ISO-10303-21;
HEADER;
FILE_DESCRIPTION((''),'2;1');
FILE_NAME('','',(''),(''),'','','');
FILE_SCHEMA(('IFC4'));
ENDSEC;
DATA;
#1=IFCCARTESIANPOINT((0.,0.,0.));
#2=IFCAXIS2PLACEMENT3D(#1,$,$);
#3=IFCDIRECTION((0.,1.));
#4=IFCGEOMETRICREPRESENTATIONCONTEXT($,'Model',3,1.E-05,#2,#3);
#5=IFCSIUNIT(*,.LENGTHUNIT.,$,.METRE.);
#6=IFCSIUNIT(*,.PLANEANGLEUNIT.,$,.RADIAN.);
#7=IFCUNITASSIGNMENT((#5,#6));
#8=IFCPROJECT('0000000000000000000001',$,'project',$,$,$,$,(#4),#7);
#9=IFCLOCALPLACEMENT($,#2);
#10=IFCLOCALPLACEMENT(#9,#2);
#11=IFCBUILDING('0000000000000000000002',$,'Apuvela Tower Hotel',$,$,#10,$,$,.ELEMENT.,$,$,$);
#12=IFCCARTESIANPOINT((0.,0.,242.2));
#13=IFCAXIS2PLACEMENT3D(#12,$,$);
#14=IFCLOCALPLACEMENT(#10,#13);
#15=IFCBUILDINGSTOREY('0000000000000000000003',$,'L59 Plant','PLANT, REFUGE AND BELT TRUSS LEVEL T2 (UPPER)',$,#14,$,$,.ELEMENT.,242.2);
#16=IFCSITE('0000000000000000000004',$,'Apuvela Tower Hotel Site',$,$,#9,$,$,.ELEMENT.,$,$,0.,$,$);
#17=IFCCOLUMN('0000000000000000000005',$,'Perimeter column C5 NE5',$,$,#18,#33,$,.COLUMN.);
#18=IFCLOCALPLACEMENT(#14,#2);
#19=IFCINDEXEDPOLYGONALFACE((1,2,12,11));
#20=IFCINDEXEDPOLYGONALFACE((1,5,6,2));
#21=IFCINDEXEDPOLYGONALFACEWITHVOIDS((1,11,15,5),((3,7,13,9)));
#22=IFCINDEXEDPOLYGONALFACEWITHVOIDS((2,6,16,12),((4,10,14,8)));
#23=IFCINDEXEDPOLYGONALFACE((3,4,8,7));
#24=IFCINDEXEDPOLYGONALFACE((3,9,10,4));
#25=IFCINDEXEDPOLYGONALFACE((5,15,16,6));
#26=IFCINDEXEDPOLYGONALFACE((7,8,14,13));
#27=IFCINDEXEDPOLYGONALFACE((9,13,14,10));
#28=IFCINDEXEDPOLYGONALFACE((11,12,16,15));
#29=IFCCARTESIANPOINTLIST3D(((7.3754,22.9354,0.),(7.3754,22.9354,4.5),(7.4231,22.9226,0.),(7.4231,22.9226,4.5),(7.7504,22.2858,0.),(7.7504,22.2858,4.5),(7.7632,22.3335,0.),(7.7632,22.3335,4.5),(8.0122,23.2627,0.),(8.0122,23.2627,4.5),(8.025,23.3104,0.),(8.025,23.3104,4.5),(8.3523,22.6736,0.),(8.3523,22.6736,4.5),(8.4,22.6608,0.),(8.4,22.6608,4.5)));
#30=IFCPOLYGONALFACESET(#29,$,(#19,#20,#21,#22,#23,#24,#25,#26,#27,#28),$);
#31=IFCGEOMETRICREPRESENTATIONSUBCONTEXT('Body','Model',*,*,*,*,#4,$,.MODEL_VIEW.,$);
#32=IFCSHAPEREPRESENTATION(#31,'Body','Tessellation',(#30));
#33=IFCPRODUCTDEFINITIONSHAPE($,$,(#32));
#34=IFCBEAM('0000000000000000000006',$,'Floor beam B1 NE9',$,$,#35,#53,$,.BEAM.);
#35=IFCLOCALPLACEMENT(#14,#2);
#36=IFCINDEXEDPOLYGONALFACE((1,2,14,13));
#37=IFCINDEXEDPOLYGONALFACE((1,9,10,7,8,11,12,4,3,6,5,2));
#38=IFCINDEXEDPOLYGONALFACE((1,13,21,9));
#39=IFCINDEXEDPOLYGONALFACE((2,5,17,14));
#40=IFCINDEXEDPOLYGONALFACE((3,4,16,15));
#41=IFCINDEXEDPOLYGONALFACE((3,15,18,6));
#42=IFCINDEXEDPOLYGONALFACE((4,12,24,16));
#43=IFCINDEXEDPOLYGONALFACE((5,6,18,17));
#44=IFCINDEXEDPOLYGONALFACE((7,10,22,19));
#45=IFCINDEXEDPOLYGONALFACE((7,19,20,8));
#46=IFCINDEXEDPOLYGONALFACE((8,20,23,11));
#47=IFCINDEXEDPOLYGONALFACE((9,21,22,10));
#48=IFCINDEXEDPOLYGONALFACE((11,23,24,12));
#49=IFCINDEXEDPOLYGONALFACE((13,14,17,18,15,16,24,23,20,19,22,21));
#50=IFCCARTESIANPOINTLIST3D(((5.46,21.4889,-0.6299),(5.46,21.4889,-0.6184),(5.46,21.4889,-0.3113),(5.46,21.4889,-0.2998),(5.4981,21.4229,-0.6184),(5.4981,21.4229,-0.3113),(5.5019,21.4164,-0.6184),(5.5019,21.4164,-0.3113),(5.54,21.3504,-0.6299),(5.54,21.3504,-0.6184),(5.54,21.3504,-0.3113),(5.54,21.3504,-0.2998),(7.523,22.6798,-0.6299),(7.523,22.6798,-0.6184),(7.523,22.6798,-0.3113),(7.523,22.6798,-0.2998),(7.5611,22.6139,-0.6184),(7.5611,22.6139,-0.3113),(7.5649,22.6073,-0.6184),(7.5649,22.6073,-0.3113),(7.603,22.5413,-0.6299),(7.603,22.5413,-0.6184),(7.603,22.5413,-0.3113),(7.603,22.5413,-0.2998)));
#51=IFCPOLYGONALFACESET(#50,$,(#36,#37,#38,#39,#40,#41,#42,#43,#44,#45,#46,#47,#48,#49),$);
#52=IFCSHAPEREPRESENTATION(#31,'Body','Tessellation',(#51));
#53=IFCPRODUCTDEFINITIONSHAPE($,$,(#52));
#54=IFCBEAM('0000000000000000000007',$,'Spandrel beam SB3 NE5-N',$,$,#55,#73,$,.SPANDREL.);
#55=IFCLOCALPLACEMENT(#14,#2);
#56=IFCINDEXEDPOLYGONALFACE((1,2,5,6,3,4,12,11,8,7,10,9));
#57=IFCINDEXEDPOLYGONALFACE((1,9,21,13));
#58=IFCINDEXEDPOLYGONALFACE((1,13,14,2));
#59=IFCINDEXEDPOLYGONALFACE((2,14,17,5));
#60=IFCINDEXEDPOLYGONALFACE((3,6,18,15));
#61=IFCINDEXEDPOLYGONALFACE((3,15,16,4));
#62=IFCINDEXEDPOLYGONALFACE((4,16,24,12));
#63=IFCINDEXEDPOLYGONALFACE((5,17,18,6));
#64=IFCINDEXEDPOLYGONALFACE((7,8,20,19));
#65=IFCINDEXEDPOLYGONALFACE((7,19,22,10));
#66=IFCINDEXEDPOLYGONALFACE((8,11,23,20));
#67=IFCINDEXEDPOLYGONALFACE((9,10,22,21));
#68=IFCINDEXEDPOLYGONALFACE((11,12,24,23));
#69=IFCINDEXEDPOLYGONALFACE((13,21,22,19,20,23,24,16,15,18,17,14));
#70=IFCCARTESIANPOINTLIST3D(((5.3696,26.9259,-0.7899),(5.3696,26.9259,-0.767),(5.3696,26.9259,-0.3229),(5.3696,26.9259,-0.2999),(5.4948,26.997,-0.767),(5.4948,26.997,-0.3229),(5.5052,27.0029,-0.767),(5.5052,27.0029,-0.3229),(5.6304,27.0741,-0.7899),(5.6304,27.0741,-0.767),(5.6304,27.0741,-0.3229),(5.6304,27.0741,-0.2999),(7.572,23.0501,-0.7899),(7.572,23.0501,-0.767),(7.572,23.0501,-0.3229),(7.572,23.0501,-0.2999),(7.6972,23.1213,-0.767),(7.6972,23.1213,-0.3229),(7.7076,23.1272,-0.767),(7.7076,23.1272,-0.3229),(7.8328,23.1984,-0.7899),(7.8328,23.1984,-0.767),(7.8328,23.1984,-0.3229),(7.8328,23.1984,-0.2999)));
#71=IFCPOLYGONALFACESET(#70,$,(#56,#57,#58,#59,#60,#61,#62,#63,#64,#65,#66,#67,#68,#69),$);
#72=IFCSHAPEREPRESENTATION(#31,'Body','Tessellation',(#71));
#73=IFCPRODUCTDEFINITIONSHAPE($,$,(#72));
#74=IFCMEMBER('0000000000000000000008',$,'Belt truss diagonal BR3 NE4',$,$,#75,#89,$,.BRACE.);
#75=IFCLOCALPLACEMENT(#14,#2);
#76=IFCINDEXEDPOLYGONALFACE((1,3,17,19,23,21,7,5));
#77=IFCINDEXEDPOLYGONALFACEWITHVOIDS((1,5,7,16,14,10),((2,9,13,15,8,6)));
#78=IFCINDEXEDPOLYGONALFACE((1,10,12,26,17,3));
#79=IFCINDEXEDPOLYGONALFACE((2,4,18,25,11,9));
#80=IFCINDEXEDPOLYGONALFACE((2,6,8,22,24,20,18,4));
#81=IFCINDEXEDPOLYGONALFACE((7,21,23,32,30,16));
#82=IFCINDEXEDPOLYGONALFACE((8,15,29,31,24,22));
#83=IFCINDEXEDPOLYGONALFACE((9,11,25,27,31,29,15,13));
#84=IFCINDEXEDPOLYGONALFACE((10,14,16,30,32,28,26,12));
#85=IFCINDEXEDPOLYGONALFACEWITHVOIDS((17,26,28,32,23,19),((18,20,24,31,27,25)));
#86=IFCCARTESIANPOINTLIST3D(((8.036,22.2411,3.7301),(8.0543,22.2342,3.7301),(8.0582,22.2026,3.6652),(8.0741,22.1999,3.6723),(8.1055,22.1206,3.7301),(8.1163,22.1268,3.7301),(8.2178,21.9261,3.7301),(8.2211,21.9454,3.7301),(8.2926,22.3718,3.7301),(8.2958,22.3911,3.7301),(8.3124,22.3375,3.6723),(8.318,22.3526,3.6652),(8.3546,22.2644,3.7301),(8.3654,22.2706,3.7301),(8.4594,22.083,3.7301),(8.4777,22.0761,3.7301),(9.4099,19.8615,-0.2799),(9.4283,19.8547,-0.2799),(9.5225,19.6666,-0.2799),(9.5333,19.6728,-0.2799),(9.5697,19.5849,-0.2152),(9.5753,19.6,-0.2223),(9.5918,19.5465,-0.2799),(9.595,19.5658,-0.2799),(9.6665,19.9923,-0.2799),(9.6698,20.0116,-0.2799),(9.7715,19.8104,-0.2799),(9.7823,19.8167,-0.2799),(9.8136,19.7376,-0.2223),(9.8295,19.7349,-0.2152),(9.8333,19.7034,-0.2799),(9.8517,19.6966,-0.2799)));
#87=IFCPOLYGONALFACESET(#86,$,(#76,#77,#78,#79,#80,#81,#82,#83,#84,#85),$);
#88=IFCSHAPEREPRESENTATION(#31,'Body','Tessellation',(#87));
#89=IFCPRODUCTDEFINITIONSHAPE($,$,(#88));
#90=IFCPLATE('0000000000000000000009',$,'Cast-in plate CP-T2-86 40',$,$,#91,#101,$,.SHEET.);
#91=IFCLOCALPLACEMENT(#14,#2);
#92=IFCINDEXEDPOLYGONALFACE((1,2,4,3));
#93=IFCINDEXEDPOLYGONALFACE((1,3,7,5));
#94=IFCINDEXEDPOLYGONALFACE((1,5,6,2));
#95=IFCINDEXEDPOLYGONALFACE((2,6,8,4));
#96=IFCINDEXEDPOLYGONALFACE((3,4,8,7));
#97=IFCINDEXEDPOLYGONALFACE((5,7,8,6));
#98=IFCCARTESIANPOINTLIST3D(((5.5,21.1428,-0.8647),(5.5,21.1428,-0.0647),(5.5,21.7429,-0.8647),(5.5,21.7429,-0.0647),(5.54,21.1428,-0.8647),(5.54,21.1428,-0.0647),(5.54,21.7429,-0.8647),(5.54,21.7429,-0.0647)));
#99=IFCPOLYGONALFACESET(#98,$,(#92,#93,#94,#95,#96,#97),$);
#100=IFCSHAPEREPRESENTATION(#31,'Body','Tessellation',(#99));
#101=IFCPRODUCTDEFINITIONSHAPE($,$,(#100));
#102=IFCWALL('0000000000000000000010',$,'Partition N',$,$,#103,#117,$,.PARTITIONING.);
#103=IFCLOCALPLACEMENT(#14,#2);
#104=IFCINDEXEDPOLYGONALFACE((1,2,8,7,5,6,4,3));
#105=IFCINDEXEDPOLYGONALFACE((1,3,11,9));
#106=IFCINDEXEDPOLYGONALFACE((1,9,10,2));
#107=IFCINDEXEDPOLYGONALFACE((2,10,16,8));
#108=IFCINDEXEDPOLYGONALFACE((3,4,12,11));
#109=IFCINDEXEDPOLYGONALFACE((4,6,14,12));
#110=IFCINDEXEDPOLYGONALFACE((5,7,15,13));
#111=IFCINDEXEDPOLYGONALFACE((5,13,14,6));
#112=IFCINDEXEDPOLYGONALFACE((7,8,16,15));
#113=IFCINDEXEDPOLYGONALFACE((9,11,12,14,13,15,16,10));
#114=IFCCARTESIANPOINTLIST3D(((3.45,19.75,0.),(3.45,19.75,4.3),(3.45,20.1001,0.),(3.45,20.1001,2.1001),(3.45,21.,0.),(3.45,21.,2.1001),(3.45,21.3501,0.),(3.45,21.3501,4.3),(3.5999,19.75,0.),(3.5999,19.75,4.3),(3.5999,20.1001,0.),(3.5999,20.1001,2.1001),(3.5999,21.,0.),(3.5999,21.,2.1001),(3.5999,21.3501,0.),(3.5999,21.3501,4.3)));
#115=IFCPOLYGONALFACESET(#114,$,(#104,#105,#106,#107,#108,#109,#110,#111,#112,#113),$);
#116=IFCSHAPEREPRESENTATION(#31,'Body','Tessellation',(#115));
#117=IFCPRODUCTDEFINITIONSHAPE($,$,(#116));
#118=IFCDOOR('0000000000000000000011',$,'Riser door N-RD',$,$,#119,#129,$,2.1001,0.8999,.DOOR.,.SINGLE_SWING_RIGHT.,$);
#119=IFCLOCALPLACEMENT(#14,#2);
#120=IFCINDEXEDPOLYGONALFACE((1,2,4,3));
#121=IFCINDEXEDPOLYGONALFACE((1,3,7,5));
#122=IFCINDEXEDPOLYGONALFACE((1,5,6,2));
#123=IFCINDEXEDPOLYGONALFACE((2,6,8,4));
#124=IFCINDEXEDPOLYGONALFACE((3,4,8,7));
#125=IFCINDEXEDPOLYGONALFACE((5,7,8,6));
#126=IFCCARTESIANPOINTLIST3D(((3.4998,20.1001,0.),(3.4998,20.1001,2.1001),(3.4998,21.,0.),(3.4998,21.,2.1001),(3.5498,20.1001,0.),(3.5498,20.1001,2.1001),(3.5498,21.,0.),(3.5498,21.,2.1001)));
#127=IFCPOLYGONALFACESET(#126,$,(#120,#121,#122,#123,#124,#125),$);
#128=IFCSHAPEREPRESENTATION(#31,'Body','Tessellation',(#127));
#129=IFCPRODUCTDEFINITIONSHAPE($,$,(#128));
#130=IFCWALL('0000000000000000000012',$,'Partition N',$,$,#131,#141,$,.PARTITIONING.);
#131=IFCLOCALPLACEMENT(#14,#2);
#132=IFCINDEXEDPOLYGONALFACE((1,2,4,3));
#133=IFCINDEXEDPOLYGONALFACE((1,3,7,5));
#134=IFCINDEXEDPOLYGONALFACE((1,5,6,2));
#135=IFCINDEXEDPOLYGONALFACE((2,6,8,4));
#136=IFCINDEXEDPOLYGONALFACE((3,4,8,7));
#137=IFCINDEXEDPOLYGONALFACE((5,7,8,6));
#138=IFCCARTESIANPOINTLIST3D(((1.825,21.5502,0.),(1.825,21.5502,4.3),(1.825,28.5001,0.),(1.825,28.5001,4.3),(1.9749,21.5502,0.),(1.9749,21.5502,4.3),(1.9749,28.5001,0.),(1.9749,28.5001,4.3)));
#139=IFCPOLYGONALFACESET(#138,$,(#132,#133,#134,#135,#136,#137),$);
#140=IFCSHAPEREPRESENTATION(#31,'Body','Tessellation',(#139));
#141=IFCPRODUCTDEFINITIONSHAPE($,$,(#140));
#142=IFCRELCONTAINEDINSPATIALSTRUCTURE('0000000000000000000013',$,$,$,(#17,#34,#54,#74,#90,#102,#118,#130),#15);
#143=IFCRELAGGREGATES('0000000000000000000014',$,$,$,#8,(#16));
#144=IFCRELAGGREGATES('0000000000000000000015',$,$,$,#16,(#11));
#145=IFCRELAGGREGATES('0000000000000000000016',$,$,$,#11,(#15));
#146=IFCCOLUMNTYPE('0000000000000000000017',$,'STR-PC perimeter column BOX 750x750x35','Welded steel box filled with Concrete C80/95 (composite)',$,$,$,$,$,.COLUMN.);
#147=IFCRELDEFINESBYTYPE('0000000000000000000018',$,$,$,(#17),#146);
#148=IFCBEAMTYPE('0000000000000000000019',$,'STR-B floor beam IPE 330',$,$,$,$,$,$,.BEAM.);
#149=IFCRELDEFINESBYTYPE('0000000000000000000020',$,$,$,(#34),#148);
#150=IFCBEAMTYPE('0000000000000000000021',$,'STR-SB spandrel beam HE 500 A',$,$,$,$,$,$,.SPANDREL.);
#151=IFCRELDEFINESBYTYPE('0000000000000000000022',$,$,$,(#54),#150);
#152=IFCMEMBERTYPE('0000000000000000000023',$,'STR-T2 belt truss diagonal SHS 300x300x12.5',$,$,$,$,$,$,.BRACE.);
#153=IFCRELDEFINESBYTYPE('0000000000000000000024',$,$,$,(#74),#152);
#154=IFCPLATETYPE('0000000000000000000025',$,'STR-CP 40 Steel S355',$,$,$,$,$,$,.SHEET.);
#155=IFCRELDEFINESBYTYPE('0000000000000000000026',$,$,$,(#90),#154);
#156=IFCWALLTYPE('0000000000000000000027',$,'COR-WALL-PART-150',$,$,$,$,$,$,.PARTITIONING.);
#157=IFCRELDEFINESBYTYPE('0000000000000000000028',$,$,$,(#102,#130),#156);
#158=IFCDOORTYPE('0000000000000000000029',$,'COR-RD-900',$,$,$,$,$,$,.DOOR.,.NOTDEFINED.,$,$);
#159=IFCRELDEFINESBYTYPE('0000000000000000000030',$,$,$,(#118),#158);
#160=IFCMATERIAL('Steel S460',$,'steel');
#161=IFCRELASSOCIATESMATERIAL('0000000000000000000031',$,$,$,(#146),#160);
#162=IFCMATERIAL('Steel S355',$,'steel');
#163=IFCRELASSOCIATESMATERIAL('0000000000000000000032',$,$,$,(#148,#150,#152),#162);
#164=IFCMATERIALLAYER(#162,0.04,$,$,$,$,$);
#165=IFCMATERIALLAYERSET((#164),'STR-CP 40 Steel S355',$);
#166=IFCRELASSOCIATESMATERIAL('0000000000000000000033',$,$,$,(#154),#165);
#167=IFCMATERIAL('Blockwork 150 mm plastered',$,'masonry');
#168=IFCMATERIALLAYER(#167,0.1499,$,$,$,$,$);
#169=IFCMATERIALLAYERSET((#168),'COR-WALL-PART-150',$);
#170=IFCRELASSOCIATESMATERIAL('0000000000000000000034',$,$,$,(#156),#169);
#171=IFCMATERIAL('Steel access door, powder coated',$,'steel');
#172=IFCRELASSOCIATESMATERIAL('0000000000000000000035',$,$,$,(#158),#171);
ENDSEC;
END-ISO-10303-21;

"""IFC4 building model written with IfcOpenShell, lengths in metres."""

from ifc_helpers import new_model, si_unit, direction, frame, frame_2d, origin, origin_2d, place, context, subcontext, project, spatial, rectangle, hollow_rectangle, i_section, extrude, boolean, halfspace, material, layer, layer_set, material_profile, profile_set, type_object, element, fill, save


model = new_model("IFC4")

# Units and contexts
model_context = context("Model", 3, precision=1e-05, world=origin(), true_north=direction((0.0, 1.0)))
body_context = subcontext(model_context, "Body", "Model", "MODEL_VIEW")
ifc_project = project(units=[si_unit("LENGTHUNIT", "METRE"), si_unit("PLANEANGLEUNIT", "RADIAN")], contexts=[model_context])

# Site, building, storey
site_placement = place(None, origin())
site = spatial("IfcSite", under=ifc_project, at=site_placement, Name="Apuvela Tower Hotel Site", CompositionType="ELEMENT", RefElevation=0.0)
building_placement = place(site_placement, origin())
building = spatial("IfcBuilding", under=site, at=building_placement, Name="Apuvela Tower Hotel", CompositionType="ELEMENT")
storey_placement = place(building_placement, frame((0.0, 0.0, 242.2)))
storey = spatial("IfcBuildingStorey", under=building, at=storey_placement, Name="L59 Plant", Description="PLANT, REFUGE AND BELT TRUSS LEVEL T2 (UPPER)", CompositionType="ELEMENT", Elevation=242.2)

# Column
ifc_material_1 = material(Name="Steel S460", Category="steel")
ifc_material_profile_1 = material_profile(ifc_material_1, hollow_rectangle(XDim=0.75, YDim=0.75, WallThickness=0.0349, at=origin_2d()), Name="BOX 750x750x35")
ifc_material_2 = material(Name="Concrete C80/95", Category="concrete")
ifc_material_profile_2 = material_profile(ifc_material_2, rectangle(XDim=0.6799, YDim=0.6799, at=origin_2d()), Name="Concrete C80/95 infill")
ifc_profile_set_1 = profile_set([ifc_material_profile_1, ifc_material_profile_2], Name="Steel S460")
column_type = type_object("IfcColumnType", Name="STR-PC perimeter column BOX 750x750x35", Description="Welded steel box filled with Concrete C80/95 (composite)", PredefinedType="COLUMN", material=ifc_profile_set_1)
column_placement = place(storey_placement, frame((7.8877, 22.7981, 0.0), z_axis=(0.0, 0.0, 1.0), x_axis=(-0.5, 0.866025, 0.0)))
element("IfcColumn", 1, at=column_placement, inside=storey, type_object=column_type, Name="Perimeter column C5 NE5", PredefinedType="COLUMN", context=body_context, shape_type="SweptSolid", body=[
    extrude(hollow_rectangle(XDim=0.75, YDim=0.75, WallThickness=0.0349, at=origin_2d()), origin(), (0.0, 0.0, 1.0), 4.5),
])

# Beams
ifc_material_3 = material(Name="Steel S355", Category="steel")
ifc_material_profile_3 = material_profile(ifc_material_3, i_section(OverallWidth=0.1599, OverallDepth=0.3301, WebThickness=0.0076, FlangeThickness=0.0115, at=origin_2d()), Name="IPE 330")
ifc_profile_set_2 = profile_set([ifc_material_profile_3], Name="Steel S355")
beam_type_1 = type_object("IfcBeamType", Name="STR-B floor beam IPE 330", PredefinedType="BEAM", material=ifc_profile_set_2)
beam_1_placement = place(storey_placement, frame((7.563, 22.6106, -0.4648), z_axis=(-0.866052, -0.499953, 0.0), x_axis=(0.499953, -0.866052, 0.0)))
element("IfcBeam", 2, at=beam_1_placement, inside=storey, type_object=beam_type_1, Name="Floor beam B1 NE9", PredefinedType="BEAM", context=body_context, shape_type="SweptSolid", body=[
    extrude(i_section(OverallWidth=0.1599, OverallDepth=0.3301, WebThickness=0.0076, FlangeThickness=0.0115, at=origin_2d()), origin(), (0.0, 0.0, 1.0), 2.3821),
])
ifc_material_profile_4 = material_profile(ifc_material_3, i_section(OverallWidth=0.3, OverallDepth=0.49, WebThickness=0.012, FlangeThickness=0.0229, at=origin_2d()), Name="HE 500 A")
ifc_profile_set_3 = profile_set([ifc_material_profile_4], Name="Steel S355")
beam_type_2 = type_object("IfcBeamType", Name="STR-SB spandrel beam HE 500 A", PredefinedType="SPANDREL", material=ifc_profile_set_3)
beam_2_placement = place(storey_placement, frame((7.7024, 23.1243, -0.5449), z_axis=(-0.494056, 0.86943, 0.0), x_axis=(-0.86943, -0.494056, 0.0)))
element("IfcBeam", 3, at=beam_2_placement, inside=storey, type_object=beam_type_2, Name="Spandrel beam SB3 NE5-N", PredefinedType="SPANDREL", context=body_context, shape_type="SweptSolid", body=[
    extrude(i_section(OverallWidth=0.3, OverallDepth=0.49, WebThickness=0.012, FlangeThickness=0.0229, at=origin_2d()), origin(), (0.0, 0.0, 1.0), 4.4578),
])

# Member
ifc_material_profile_5 = material_profile(ifc_material_3, hollow_rectangle(XDim=0.3, YDim=0.3, WallThickness=0.0125, at=origin_2d()), Name="SHS 300x300x12.5")
ifc_profile_set_4 = profile_set([ifc_material_profile_5], Name="Steel S355")
member_type_1 = type_object("IfcMemberType", Name="STR-T2 belt truss diagonal SHS 300x300x12.5", PredefinedType="BRACE", material=ifc_profile_set_4)
member_1_placement = place(storey_placement, frame((9.6377, 19.7671, -0.3), z_axis=(-0.282647, 0.489511, 0.824918), x_axis=(0.41249, -0.714382, 0.565252)))
solid_1 = boolean("DIFFERENCE", boolean("DIFFERENCE", extrude(hollow_rectangle(XDim=0.3, YDim=0.3, WallThickness=0.0125, at=origin_2d()), frame((0.0, 0.0, -0.2229)), (0.0, 0.0, 1.0), 5.3552), halfspace(frame((0.0, 0.0, 0.0244), z_axis=(0.565252, 0.0, 0.824918), x_axis=(0.824918, 0.0, -0.565252)), True)), halfspace(frame((0.0, 0.0, 4.8855), z_axis=(0.565252, 0.0, 0.824918), x_axis=(0.824918, 0.0, -0.565252)), False))
element("IfcMember", 4, at=member_1_placement, inside=storey, type_object=member_type_1, Name="Belt truss diagonal BR3 NE4", PredefinedType="BRACE", context=body_context, shape_type="SweptSolid", body=[
    boolean("UNION", boolean("DIFFERENCE", boolean("DIFFERENCE", extrude(hollow_rectangle(XDim=0.3, YDim=0.3, WallThickness=0.0125, at=origin_2d()), origin(), (0.0, 0.0, 1.0), 4.9097), halfspace(frame((0.0, 0.0, 0.0244), z_axis=(0.565252, 0.0, 0.824918), x_axis=(0.824918, 0.0, -0.565252)), True)), halfspace(frame((0.0, 0.0, 4.8855), z_axis=(0.565252, 0.0, 0.824918), x_axis=(0.824918, 0.0, -0.565252)), False)), solid_1),
])

# Plate
ifc_layer_1 = layer(ifc_material_3, 0.04)
ifc_layer_set_1 = layer_set([ifc_layer_1], Name="STR-CP 40 Steel S355")
plate_type = type_object("IfcPlateType", Name="STR-CP 40 Steel S355", PredefinedType="SHEET", material=ifc_layer_set_1)
plate_placement = place(storey_placement, frame((5.52, 21.4429, -0.8647), z_axis=(0.0, 0.0, 1.0), x_axis=(-1.0, 0.0, 0.0)))
element("IfcPlate", 5, at=plate_placement, inside=storey, type_object=plate_type, Name="Cast-in plate CP-T2-86 40", PredefinedType="SHEET", context=body_context, shape_type="SweptSolid", body=[
    extrude(rectangle(XDim=0.04, YDim=0.6001, at=origin_2d()), origin(), (0.0, 0.0, 1.0), 0.8),
])

# Wall, opening, door
ifc_material_4 = material(Name="Blockwork 150 mm plastered", Category="masonry")
ifc_layer_2 = layer(ifc_material_4, 0.1499)
ifc_layer_set_2 = layer_set([ifc_layer_2], Name="COR-WALL-PART-150")
wall_type_1 = type_object("IfcWallType", Name="COR-WALL-PART-150", PredefinedType="PARTITIONING", material=ifc_layer_set_2)
wall_1_placement = place(storey_placement, frame((3.5249, 19.75, 0.0), z_axis=(0.0, 0.0, 1.0), x_axis=(0.0, 1.0, 0.0)))
wall_1 = element("IfcWall", 6, at=wall_1_placement, inside=storey, type_object=wall_type_1, Name="Partition N", PredefinedType="PARTITIONING", context=body_context, shape_type="SweptSolid", body=[
    extrude(rectangle(XDim=1.6001, YDim=0.1499, at=frame_2d((0.8, 0.0))), origin(), (0.0, 0.0, 1.0), 4.3),
])
opening_1_placement = place(wall_1_placement, frame((0.3501, 0.0, 0.0)))
opening_1 = element("IfcOpeningElement", 7, at=opening_1_placement, cuts=wall_1, PredefinedType="OPENING", context=body_context, shape_type="SweptSolid", body=[
    extrude(rectangle(XDim=0.8999, YDim=2.1001, at=frame_2d((0.45, 1.05))), frame((0.0, 0.085, 0.0), z_axis=(0.0, -1.0, 0.0), x_axis=(1.0, 0.0, 0.0)), (0.0, 0.0, 1.0), 0.1699),
])
ifc_material_5 = material(Name="Steel access door, powder coated", Category="steel")
door_type_1 = type_object("IfcDoorType", Name="COR-RD-900", OperationType="NOTDEFINED", PredefinedType="DOOR", material=ifc_material_5)
door_1_placement = place(opening_1_placement, frame((0.8999, 0.0, 0.0), z_axis=(0.0, 0.0, 1.0), x_axis=(-1.0, 0.0, 0.0)))
door_1 = element("IfcDoor", 8, at=door_1_placement, inside=storey, type_object=door_type_1, Name="Riser door N-RD", OperationType="SINGLE_SWING_RIGHT", OverallHeight=2.1001, OverallWidth=0.8999, PredefinedType="DOOR", context=body_context, shape_type="SweptSolid", body=[
    extrude(rectangle(XDim=0.8999, YDim=2.1001, at=frame_2d((0.45, 1.05))), frame((0.0, 0.0249, 0.0), z_axis=(0.0, -1.0, 0.0), x_axis=(1.0, 0.0, 0.0)), (0.0, 0.0, 1.0), 0.05),
])
fill(opening_1, door_1)

# Wall
wall_2_placement = place(storey_placement, frame((1.8999, 21.55, 0.0), z_axis=(0.0, 0.0, 1.0), x_axis=(0.0, 1.0, 0.0)))
element("IfcWall", 9, at=wall_2_placement, inside=storey, type_object=wall_type_1, Name="Partition N", PredefinedType="PARTITIONING", context=body_context, shape_type="SweptSolid", body=[
    extrude(rectangle(XDim=6.95, YDim=0.1499, at=frame_2d((3.4751, 0.0))), origin(), (0.0, 0.0, 1.0), 4.3),
])

save(model, "model.ifc")
